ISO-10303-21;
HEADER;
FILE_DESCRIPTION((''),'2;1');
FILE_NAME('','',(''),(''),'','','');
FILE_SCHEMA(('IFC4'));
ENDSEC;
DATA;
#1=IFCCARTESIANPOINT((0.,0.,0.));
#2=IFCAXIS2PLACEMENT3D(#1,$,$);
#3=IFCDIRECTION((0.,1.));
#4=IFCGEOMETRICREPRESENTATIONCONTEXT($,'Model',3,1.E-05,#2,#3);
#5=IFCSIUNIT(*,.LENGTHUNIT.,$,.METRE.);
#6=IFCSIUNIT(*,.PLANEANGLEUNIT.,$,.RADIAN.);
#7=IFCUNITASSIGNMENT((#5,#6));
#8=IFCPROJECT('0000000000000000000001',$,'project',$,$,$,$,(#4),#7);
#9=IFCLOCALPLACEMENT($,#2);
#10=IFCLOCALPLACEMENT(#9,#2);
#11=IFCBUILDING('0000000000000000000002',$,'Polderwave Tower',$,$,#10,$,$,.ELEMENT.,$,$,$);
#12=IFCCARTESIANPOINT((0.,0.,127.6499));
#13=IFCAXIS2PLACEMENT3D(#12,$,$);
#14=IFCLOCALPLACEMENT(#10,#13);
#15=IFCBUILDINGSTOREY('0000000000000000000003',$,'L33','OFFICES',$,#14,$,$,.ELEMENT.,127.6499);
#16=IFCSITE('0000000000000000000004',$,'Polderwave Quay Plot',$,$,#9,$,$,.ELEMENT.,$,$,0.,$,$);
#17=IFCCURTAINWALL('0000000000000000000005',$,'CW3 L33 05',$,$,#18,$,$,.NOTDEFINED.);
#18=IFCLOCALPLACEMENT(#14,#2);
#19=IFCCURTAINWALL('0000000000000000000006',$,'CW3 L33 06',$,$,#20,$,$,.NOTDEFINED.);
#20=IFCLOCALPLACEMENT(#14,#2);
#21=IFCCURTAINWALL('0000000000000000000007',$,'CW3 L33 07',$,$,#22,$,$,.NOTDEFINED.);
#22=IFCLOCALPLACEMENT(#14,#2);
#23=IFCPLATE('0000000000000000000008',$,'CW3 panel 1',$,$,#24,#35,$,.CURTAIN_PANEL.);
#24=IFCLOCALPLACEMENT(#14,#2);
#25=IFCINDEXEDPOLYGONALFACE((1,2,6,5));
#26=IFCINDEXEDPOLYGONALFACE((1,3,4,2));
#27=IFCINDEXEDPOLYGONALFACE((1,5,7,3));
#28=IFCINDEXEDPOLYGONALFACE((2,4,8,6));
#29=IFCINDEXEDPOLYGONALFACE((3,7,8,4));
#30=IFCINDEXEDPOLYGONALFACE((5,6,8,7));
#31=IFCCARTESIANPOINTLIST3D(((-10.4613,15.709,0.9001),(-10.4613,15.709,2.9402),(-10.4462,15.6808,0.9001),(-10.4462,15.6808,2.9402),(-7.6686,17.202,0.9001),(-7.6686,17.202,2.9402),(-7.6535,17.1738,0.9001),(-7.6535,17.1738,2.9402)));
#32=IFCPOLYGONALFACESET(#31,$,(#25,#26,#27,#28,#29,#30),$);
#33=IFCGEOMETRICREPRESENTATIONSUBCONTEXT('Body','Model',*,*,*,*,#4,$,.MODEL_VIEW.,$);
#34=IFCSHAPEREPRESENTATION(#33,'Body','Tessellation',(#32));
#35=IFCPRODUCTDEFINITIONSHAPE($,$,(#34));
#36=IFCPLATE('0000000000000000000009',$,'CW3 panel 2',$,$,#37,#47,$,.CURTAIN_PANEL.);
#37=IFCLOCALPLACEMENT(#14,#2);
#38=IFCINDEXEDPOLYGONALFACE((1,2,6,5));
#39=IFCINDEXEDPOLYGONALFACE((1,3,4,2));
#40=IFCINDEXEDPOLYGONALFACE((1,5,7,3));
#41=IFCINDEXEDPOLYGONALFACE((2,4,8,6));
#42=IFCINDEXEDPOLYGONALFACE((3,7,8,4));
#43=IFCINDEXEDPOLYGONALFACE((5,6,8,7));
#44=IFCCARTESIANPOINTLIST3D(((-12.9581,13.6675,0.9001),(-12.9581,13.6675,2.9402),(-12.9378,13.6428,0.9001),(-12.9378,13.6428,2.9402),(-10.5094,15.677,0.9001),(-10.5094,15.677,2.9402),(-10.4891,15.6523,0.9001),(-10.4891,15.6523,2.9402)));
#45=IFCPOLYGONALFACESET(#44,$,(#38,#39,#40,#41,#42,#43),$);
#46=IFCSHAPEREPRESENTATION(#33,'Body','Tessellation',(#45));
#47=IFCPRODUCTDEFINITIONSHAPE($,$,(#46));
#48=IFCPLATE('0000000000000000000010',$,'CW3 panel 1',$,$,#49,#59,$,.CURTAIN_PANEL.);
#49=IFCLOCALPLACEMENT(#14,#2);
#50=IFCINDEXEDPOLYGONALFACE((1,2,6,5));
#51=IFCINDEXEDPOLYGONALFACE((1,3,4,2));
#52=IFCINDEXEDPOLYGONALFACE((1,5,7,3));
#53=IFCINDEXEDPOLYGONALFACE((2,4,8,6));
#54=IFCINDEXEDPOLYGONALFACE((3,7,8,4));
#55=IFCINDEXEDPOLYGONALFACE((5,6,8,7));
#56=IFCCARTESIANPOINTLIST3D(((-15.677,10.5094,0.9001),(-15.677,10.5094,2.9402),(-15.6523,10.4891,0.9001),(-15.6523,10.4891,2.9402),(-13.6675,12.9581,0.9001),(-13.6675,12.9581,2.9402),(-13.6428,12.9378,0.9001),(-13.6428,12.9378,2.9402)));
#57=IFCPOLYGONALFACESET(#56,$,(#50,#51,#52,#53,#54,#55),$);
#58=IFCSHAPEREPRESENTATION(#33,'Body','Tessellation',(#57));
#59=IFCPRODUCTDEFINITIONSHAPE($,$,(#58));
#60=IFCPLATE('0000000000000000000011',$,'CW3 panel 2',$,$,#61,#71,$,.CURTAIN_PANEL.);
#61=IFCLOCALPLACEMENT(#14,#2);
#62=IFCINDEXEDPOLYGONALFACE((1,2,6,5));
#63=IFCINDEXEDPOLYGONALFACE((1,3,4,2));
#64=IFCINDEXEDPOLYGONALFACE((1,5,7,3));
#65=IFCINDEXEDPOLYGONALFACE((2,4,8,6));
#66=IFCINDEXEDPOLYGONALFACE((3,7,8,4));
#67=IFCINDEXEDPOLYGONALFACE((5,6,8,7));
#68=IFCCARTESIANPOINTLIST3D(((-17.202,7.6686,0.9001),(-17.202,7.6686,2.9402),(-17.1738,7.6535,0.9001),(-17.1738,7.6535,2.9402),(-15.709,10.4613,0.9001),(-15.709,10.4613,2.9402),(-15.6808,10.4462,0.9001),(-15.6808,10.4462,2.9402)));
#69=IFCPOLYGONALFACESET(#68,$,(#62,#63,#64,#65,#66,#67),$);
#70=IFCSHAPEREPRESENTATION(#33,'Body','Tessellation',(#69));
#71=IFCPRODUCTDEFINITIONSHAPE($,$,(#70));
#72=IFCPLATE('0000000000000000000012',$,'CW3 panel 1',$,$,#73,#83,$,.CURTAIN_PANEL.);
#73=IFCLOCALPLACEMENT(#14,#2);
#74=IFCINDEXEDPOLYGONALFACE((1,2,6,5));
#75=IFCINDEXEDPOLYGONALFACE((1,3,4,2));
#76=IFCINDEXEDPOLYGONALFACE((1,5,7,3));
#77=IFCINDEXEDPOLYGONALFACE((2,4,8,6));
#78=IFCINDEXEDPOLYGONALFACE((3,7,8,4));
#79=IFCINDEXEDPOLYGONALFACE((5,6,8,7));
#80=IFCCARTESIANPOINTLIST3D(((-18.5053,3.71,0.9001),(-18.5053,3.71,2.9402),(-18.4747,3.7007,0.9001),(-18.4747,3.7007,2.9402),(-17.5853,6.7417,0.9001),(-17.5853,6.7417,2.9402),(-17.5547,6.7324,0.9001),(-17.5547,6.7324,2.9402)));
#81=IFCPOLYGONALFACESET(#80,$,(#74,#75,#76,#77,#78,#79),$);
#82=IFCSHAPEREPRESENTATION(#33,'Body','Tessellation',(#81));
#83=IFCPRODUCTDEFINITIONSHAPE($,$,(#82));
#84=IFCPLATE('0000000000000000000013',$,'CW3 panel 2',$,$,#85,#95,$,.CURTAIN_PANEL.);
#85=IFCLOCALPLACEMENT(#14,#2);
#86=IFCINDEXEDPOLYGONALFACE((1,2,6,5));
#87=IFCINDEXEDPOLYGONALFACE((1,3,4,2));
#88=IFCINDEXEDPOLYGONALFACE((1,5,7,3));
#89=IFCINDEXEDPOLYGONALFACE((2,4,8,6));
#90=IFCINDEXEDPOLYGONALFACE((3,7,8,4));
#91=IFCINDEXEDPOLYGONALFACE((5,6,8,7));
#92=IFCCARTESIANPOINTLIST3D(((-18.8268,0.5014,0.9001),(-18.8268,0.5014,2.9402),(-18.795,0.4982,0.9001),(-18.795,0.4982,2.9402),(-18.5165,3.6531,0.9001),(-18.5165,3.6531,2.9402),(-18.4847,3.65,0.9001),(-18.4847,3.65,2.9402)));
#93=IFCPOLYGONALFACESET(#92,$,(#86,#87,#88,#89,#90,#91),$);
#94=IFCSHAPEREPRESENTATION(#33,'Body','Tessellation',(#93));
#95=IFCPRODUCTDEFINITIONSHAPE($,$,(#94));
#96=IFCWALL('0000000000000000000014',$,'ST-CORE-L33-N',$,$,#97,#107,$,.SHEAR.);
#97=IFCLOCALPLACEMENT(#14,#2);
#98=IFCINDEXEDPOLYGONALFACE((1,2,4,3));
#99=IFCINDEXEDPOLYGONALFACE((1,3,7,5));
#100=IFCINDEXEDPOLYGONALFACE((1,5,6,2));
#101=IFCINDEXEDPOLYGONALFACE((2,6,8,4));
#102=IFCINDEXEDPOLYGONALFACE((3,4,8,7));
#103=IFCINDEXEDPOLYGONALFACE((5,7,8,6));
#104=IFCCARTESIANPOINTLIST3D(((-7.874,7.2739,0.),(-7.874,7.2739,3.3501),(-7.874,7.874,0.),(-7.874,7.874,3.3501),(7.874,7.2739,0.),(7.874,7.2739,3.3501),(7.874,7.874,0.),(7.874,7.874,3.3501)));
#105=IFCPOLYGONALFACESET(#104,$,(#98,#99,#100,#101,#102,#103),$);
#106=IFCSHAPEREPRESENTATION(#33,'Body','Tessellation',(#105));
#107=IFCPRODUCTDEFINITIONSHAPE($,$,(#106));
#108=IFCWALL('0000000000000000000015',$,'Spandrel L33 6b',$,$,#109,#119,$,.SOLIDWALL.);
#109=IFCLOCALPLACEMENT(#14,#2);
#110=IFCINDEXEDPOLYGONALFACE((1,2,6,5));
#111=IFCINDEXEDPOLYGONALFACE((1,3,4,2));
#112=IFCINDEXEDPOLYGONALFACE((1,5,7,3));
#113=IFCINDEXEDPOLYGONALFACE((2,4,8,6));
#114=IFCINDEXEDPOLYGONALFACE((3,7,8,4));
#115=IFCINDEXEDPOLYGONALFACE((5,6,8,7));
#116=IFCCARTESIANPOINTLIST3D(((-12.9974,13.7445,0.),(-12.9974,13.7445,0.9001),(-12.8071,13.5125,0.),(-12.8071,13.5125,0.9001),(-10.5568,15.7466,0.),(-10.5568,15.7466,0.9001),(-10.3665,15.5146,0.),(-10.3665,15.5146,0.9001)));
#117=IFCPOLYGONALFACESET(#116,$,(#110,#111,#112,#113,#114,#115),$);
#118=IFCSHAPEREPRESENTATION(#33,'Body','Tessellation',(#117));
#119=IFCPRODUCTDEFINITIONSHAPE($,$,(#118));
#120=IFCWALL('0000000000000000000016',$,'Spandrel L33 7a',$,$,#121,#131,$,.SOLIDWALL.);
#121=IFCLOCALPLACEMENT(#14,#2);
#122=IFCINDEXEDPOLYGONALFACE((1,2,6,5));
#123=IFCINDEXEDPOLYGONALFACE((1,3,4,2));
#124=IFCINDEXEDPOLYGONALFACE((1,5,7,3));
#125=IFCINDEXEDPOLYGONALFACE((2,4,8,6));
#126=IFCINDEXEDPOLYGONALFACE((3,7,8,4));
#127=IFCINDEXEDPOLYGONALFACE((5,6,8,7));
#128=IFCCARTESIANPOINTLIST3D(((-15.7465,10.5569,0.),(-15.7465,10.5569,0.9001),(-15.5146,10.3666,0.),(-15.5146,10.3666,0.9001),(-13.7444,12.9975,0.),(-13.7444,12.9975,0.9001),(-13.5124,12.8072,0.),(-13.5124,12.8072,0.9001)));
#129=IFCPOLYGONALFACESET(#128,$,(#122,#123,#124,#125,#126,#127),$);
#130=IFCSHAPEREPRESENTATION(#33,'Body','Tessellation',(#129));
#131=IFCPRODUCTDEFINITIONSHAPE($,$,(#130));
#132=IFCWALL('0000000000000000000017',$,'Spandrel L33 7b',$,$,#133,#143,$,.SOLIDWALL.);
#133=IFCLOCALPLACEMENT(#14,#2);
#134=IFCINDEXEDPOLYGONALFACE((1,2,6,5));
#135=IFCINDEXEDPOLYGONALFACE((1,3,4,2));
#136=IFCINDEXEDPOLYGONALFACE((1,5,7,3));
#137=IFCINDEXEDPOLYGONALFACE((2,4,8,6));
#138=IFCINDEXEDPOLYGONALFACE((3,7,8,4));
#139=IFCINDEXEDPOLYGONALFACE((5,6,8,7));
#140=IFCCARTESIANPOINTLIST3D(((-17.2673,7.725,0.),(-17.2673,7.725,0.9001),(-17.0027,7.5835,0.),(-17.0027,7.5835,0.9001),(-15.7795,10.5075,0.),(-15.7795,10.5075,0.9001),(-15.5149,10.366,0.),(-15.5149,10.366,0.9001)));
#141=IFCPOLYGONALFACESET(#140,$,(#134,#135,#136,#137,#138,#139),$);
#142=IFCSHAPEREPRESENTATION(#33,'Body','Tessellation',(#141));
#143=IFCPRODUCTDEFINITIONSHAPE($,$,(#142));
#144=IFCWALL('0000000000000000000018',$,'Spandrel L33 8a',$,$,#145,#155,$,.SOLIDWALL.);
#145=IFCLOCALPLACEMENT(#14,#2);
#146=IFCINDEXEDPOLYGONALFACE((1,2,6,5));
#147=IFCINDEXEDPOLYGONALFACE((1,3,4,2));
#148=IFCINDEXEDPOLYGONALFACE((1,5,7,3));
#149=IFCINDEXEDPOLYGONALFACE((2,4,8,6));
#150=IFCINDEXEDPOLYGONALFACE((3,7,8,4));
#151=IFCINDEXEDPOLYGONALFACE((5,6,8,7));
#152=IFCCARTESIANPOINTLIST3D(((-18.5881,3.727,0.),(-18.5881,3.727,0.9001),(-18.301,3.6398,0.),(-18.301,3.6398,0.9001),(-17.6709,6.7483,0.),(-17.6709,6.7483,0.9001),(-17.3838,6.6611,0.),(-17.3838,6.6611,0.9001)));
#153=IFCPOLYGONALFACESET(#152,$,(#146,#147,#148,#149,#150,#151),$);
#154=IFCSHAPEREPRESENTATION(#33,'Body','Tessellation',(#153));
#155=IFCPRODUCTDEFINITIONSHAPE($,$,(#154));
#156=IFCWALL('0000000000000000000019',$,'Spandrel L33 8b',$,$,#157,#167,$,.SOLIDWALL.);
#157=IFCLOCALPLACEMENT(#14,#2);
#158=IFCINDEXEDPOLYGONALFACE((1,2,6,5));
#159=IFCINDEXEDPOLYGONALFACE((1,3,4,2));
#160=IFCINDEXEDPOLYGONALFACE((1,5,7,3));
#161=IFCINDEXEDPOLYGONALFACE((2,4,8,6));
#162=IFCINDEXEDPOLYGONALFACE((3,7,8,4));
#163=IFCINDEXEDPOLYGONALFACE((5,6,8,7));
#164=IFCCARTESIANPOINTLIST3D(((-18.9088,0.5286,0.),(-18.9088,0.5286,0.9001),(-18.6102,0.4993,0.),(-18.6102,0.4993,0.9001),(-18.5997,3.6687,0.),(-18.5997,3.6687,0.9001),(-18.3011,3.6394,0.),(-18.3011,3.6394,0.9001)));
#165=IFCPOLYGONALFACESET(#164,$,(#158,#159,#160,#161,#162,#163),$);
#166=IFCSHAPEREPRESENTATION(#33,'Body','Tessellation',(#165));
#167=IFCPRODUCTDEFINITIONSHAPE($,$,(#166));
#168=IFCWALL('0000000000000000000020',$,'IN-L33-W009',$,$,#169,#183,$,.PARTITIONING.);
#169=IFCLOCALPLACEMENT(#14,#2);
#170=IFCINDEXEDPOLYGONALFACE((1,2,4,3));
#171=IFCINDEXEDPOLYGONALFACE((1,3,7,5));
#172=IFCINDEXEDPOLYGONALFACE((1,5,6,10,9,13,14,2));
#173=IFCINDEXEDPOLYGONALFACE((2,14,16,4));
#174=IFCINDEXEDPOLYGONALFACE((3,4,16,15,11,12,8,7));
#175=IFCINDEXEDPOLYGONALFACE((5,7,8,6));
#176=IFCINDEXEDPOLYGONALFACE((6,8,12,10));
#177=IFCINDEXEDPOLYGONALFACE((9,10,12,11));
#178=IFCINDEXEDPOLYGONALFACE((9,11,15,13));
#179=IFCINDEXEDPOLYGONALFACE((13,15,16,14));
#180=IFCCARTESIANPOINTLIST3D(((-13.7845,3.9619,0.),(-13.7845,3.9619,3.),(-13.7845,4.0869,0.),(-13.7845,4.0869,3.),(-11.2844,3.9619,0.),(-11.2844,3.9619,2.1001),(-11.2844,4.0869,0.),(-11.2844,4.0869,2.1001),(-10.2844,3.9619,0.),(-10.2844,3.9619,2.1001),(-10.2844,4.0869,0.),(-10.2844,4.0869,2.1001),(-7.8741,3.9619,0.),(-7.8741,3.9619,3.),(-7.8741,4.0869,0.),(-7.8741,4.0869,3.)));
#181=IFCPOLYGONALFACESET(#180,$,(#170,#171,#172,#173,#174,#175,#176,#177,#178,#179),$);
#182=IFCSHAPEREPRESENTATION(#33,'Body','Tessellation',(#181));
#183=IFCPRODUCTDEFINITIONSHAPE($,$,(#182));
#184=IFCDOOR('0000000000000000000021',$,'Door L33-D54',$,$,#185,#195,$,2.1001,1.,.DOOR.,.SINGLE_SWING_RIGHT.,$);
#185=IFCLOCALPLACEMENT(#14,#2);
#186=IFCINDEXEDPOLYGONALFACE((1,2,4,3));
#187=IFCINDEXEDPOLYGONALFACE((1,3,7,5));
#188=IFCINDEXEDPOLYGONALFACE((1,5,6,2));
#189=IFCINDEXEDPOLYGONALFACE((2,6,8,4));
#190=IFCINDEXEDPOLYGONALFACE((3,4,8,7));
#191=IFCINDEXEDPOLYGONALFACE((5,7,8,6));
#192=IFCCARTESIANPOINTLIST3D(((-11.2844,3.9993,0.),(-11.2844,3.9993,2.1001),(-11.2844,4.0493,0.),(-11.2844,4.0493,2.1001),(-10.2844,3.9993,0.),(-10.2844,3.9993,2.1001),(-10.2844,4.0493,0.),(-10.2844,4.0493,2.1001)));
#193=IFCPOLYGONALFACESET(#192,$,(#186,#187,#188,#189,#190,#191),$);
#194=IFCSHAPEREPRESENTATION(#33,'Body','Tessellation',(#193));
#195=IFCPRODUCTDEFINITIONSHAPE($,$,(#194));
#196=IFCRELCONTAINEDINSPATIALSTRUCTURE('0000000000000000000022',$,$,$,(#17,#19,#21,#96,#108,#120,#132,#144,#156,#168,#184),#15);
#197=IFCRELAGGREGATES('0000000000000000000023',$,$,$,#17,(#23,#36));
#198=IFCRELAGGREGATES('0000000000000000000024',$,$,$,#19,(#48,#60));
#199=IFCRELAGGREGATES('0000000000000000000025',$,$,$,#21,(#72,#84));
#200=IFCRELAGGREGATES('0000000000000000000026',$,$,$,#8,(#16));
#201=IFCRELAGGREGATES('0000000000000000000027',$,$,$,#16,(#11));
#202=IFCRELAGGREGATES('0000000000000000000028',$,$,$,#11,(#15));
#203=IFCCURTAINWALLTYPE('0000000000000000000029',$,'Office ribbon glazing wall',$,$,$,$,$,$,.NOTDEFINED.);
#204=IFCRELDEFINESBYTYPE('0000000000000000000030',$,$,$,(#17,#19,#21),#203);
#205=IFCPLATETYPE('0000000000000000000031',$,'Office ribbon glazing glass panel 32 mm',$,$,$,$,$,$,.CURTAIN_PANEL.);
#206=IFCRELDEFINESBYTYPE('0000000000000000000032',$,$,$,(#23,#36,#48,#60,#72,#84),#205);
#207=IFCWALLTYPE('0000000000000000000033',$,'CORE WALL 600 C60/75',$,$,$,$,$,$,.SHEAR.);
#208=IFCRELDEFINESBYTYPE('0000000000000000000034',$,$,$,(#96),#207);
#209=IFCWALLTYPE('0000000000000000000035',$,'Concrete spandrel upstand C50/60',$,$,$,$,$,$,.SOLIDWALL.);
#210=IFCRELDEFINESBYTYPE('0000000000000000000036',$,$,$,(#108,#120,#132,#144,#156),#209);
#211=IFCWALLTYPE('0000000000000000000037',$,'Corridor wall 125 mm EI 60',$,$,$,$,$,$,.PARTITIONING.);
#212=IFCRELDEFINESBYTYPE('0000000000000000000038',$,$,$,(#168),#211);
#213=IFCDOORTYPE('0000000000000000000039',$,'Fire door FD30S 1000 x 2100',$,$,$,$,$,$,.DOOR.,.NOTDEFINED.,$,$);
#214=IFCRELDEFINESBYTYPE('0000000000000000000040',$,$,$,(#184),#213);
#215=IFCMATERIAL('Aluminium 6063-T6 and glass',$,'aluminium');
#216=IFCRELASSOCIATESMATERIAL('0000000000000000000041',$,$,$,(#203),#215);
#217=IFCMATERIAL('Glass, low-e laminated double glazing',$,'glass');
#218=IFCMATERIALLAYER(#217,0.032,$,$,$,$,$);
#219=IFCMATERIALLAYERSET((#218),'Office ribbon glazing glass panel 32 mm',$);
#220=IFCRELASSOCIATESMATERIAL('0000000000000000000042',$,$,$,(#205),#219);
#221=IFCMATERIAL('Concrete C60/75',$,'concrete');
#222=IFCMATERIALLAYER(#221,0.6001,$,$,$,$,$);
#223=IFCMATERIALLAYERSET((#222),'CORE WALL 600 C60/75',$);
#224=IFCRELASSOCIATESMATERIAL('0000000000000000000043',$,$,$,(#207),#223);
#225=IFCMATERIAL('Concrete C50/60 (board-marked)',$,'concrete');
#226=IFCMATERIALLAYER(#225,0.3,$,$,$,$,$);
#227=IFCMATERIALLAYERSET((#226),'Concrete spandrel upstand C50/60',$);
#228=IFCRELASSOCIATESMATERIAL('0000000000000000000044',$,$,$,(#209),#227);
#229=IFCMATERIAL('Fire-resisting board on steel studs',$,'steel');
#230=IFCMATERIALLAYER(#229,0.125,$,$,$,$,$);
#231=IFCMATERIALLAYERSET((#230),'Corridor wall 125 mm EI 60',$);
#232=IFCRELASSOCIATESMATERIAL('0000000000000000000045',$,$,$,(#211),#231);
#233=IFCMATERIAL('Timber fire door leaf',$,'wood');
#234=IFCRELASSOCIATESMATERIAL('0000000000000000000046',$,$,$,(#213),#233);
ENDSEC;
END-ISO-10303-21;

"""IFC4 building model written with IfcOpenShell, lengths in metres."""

from ifc_helpers import new_model, si_unit, direction, frame, frame_2d, origin, origin_2d, place, context, subcontext, project, spatial, rectangle, extrude, material, layer, layer_set, type_object, element, fill, aggregate, save


model = new_model("IFC4")

# Units and contexts
model_context = context("Model", 3, precision=1e-05, world=origin(), true_north=direction((0.0, 1.0)))
body_context = subcontext(model_context, "Body", "Model", "MODEL_VIEW")
ifc_project = project(units=[si_unit("LENGTHUNIT", "METRE"), si_unit("PLANEANGLEUNIT", "RADIAN")], contexts=[model_context])

# Site, building, storey
site_placement = place(None, origin())
site = spatial("IfcSite", under=ifc_project, at=site_placement, Name="Polderwave Quay Plot", CompositionType="ELEMENT", RefElevation=0.0)
building_placement = place(site_placement, origin())
building = spatial("IfcBuilding", under=site, at=building_placement, Name="Polderwave Tower", CompositionType="ELEMENT")
storey_placement = place(building_placement, frame((0.0, 0.0, 127.6499)))
storey = spatial("IfcBuildingStorey", under=building, at=storey_placement, Name="L33", Description="OFFICES", CompositionType="ELEMENT", Elevation=127.6499)

# Shared definitions
ifc_material_1 = material(Name="Concrete C60/75", Category="concrete")

# Curtain walls
ifc_material_2 = material(Name="Aluminium 6063-T6 and glass", Category="aluminium")
curtain_wall_type = type_object("IfcCurtainWallType", Name="Office ribbon glazing wall", PredefinedType="NOTDEFINED", material=ifc_material_2)
curtain_wall_1_placement = place(storey_placement, origin())
curtain_wall_1 = element("IfcCurtainWall", 1, at=curtain_wall_1_placement, inside=storey, type_object=curtain_wall_type, Name="CW3 L33 05", PredefinedType="NOTDEFINED")
curtain_wall_2_placement = place(storey_placement, origin())
curtain_wall_2 = element("IfcCurtainWall", 2, at=curtain_wall_2_placement, inside=storey, type_object=curtain_wall_type, Name="CW3 L33 06", PredefinedType="NOTDEFINED")
curtain_wall_3_placement = place(storey_placement, origin())
curtain_wall_3 = element("IfcCurtainWall", 3, at=curtain_wall_3_placement, inside=storey, type_object=curtain_wall_type, Name="CW3 L33 07", PredefinedType="NOTDEFINED")

# Plates
ifc_material_3 = material(Name="Glass, low-e laminated double glazing", Category="glass")
ifc_layer_1 = layer(ifc_material_3, 0.032)
ifc_layer_set_1 = layer_set([ifc_layer_1], Name="Office ribbon glazing glass panel 32 mm")
plate_type = type_object("IfcPlateType", Name="Office ribbon glazing glass panel 32 mm", PredefinedType="CURTAIN_PANEL", material=ifc_layer_set_1)
plate_1_placement = place(storey_placement, frame((-9.0574, 16.4414, 0.9001), z_axis=(0.0, 0.0, 1.0), x_axis=(-0.881884, -0.471466, 0.0)))
plate_1 = element("IfcPlate", 4, at=plate_1_placement, type_object=plate_type, Name="CW3 panel 1", PredefinedType="CURTAIN_PANEL", context=body_context, shape_type="SweptSolid", body=[
    extrude(rectangle(XDim=3.1667, YDim=0.032, at=origin_2d()), origin(), (0.0, 0.0, 1.0), 2.04),
])
plate_2_placement = place(storey_placement, frame((-11.7236, 14.6599, 0.9001), z_axis=(0.0, 0.0, 1.0), x_axis=(-0.773023, -0.634378, 0.0)))
plate_2 = element("IfcPlate", 5, at=plate_2_placement, type_object=plate_type, Name="CW3 panel 2", PredefinedType="CURTAIN_PANEL", context=body_context, shape_type="SweptSolid", body=[
    extrude(rectangle(XDim=3.1677, YDim=0.032, at=origin_2d()), origin(), (0.0, 0.0, 1.0), 2.04),
])
aggregate(curtain_wall_1, [plate_1, plate_2])
plate_3_placement = place(storey_placement, frame((-14.6599, 11.7236, 0.9001), z_axis=(0.0, 0.0, 1.0), x_axis=(-0.634378, -0.773023, 0.0)))
plate_3 = element("IfcPlate", 6, at=plate_3_placement, type_object=plate_type, Name="CW3 panel 1", PredefinedType="CURTAIN_PANEL", context=body_context, shape_type="SweptSolid", body=[
    extrude(rectangle(XDim=3.1677, YDim=0.032, at=origin_2d()), origin(), (0.0, 0.0, 1.0), 2.04),
])
plate_4_placement = place(storey_placement, frame((-16.4414, 9.0574, 0.9001), z_axis=(0.0, 0.0, 1.0), x_axis=(-0.471466, -0.881884, 0.0)))
plate_4 = element("IfcPlate", 7, at=plate_4_placement, type_object=plate_type, Name="CW3 panel 2", PredefinedType="CURTAIN_PANEL", context=body_context, shape_type="SweptSolid", body=[
    extrude(rectangle(XDim=3.1667, YDim=0.032, at=origin_2d()), origin(), (0.0, 0.0, 1.0), 2.04),
])
aggregate(curtain_wall_2, [plate_3, plate_4])
plate_5_placement = place(storey_placement, frame((-18.03, 5.2212, 0.9001), z_axis=(0.0, 0.0, 1.0), x_axis=(-0.29039, -0.956908, 0.0)))
plate_5 = element("IfcPlate", 8, at=plate_5_placement, type_object=plate_type, Name="CW3 panel 1", PredefinedType="CURTAIN_PANEL", context=body_context, shape_type="SweptSolid", body=[
    extrude(rectangle(XDim=3.1682, YDim=0.032, at=origin_2d()), origin(), (0.0, 0.0, 1.0), 2.04),
])
plate_6_placement = place(storey_placement, frame((-18.6558, 2.0757, 0.9001), z_axis=(0.0, 0.0, 1.0), x_axis=(-0.097984, -0.995188, 0.0)))
plate_6 = element("IfcPlate", 9, at=plate_6_placement, type_object=plate_type, Name="CW3 panel 2", PredefinedType="CURTAIN_PANEL", context=body_context, shape_type="SweptSolid", body=[
    extrude(rectangle(XDim=3.167, YDim=0.032, at=origin_2d()), origin(), (0.0, 0.0, 1.0), 2.04),
])
aggregate(curtain_wall_3, [plate_5, plate_6])

# Walls
ifc_layer_2 = layer(ifc_material_1, 0.6001)
ifc_layer_set_2 = layer_set([ifc_layer_2], Name="CORE WALL 600 C60/75")
wall_type_1 = type_object("IfcWallType", Name="CORE WALL 600 C60/75", PredefinedType="SHEAR", material=ifc_layer_set_2)
wall_1_placement = place(storey_placement, frame((-7.874, 7.574, 0.0), z_axis=(0.0, 0.0, 1.0), x_axis=(1.0, 0.0, 0.0)))
element("IfcWall", 10, at=wall_1_placement, inside=storey, type_object=wall_type_1, Name="ST-CORE-L33-N", PredefinedType="SHEAR", context=body_context, shape_type="SweptSolid", body=[
    extrude(rectangle(XDim=15.748, YDim=0.6001, at=frame_2d((7.874, 0.0))), origin(), (0.0, 0.0, 1.0), 3.3501),
])
ifc_material_4 = material(Name="Concrete C50/60 (board-marked)", Category="concrete")
ifc_layer_3 = layer(ifc_material_4, 0.3)
ifc_layer_set_3 = layer_set([ifc_layer_3], Name="Concrete spandrel upstand C50/60")
wall_type_2 = type_object("IfcWallType", Name="Concrete spandrel upstand C50/60", PredefinedType="SOLIDWALL", material=ifc_layer_set_3)
for number, where, z_axis, x_axis, name in (
    (11, (-10.4617, 15.6306, 0.0), (0.0, 0.0, 1.0), (-0.773137, -0.63424, 0.0), "Spandrel L33 6b"),
    (12, (-13.6284, 12.9023, 0.0), (0.0, 0.0, 1.0), (-0.63424, -0.773137, 0.0), "Spandrel L33 7a"),
):
    element("IfcWall", number, at=place(storey_placement, frame(where, z_axis=z_axis, x_axis=x_axis)), inside=storey, type_object=wall_type_2, Name=name, PredefinedType="SOLIDWALL", context=body_context, shape_type="SweptSolid", body=[
        extrude(rectangle(XDim=3.1567, YDim=0.3, at=frame_2d((1.5784, 0.0))), origin(), (0.0, 0.0, 1.0), 0.9001),
    ])
wall_2_placement = place(storey_placement, frame((-15.6472, 10.4368, 0.0), z_axis=(0.0, 0.0, 1.0), x_axis=(-0.471528, -0.881851, 0.0)))
element("IfcWall", 13, at=wall_2_placement, inside=storey, type_object=wall_type_2, Name="Spandrel L33 7b", PredefinedType="SOLIDWALL", context=body_context, shape_type="SweptSolid", body=[
    extrude(rectangle(XDim=3.1553, YDim=0.3, at=frame_2d((1.5776, 0.0))), origin(), (0.0, 0.0, 1.0), 0.9001),
])
wall_3_placement = place(storey_placement, frame((-17.5273, 6.7046, 0.0), z_axis=(0.0, 0.0, 1.0), x_axis=(-0.290503, -0.956874, 0.0)))
element("IfcWall", 14, at=wall_3_placement, inside=storey, type_object=wall_type_2, Name="Spandrel L33 8a", PredefinedType="SOLIDWALL", context=body_context, shape_type="SweptSolid", body=[
    extrude(rectangle(XDim=3.1575, YDim=0.3, at=frame_2d((1.5786, 0.0))), origin(), (0.0, 0.0, 1.0), 0.9001),
])
wall_4_placement = place(storey_placement, frame((-18.4504, 3.6541, 0.0), z_axis=(0.0, 0.0, 1.0), x_axis=(-0.097956, -0.995191, 0.0)))
element("IfcWall", 15, at=wall_4_placement, inside=storey, type_object=wall_type_2, Name="Spandrel L33 8b", PredefinedType="SOLIDWALL", context=body_context, shape_type="SweptSolid", body=[
    extrude(rectangle(XDim=3.1553, YDim=0.3, at=frame_2d((1.5776, 0.0))), origin(), (0.0, 0.0, 1.0), 0.9001),
])

# Wall, opening, door
ifc_material_5 = material(Name="Fire-resisting board on steel studs", Category="steel")
ifc_layer_4 = layer(ifc_material_5, 0.125)
ifc_layer_set_4 = layer_set([ifc_layer_4], Name="Corridor wall 125 mm EI 60")
wall_type_3 = type_object("IfcWallType", Name="Corridor wall 125 mm EI 60", PredefinedType="PARTITIONING", material=ifc_layer_set_4)
wall_5_placement = place(storey_placement, frame((-13.7844, 4.0244, 0.0), z_axis=(0.0, 0.0, 1.0), x_axis=(1.0, 0.0, 0.0)))
wall_5 = element("IfcWall", 16, at=wall_5_placement, inside=storey, type_object=wall_type_3, Name="IN-L33-W009", PredefinedType="PARTITIONING", context=body_context, shape_type="SweptSolid", body=[
    extrude(rectangle(XDim=5.9104, YDim=0.125, at=frame_2d((2.9551, 0.0))), origin(), (0.0, 0.0, 1.0), 3.0),
])
opening_placement = place(wall_5_placement, frame((2.5, 0.0, 0.0)))
opening = element("IfcOpeningElement", 17, at=opening_placement, cuts=wall_5, PredefinedType="OPENING", context=body_context, shape_type="SweptSolid", body=[
    extrude(rectangle(XDim=1.0, YDim=2.1001, at=frame_2d((0.5, 1.05))), frame((0.0, 0.0725, 0.0), z_axis=(0.0, -1.0, 0.0), x_axis=(1.0, 0.0, 0.0)), (0.0, 0.0, 1.0), 0.145),
])
ifc_material_6 = material(Name="Timber fire door leaf", Category="wood")
door_type = type_object("IfcDoorType", Name="Fire door FD30S 1000 x 2100", OperationType="NOTDEFINED", PredefinedType="DOOR", material=ifc_material_6)
door_placement = place(opening_placement, origin())
door = element("IfcDoor", 18, at=door_placement, inside=storey, type_object=door_type, Name="Door L33-D54", OperationType="SINGLE_SWING_RIGHT", OverallHeight=2.1001, OverallWidth=1.0, PredefinedType="DOOR", context=body_context, shape_type="SweptSolid", body=[
    extrude(rectangle(XDim=1.0, YDim=2.1001, at=frame_2d((0.5, 1.05))), frame((0.0, 0.0249, 0.0), z_axis=(0.0, -1.0, 0.0), x_axis=(1.0, 0.0, 0.0)), (0.0, 0.0, 1.0), 0.05),
])
fill(opening, door)

save(model, "model.ifc")
